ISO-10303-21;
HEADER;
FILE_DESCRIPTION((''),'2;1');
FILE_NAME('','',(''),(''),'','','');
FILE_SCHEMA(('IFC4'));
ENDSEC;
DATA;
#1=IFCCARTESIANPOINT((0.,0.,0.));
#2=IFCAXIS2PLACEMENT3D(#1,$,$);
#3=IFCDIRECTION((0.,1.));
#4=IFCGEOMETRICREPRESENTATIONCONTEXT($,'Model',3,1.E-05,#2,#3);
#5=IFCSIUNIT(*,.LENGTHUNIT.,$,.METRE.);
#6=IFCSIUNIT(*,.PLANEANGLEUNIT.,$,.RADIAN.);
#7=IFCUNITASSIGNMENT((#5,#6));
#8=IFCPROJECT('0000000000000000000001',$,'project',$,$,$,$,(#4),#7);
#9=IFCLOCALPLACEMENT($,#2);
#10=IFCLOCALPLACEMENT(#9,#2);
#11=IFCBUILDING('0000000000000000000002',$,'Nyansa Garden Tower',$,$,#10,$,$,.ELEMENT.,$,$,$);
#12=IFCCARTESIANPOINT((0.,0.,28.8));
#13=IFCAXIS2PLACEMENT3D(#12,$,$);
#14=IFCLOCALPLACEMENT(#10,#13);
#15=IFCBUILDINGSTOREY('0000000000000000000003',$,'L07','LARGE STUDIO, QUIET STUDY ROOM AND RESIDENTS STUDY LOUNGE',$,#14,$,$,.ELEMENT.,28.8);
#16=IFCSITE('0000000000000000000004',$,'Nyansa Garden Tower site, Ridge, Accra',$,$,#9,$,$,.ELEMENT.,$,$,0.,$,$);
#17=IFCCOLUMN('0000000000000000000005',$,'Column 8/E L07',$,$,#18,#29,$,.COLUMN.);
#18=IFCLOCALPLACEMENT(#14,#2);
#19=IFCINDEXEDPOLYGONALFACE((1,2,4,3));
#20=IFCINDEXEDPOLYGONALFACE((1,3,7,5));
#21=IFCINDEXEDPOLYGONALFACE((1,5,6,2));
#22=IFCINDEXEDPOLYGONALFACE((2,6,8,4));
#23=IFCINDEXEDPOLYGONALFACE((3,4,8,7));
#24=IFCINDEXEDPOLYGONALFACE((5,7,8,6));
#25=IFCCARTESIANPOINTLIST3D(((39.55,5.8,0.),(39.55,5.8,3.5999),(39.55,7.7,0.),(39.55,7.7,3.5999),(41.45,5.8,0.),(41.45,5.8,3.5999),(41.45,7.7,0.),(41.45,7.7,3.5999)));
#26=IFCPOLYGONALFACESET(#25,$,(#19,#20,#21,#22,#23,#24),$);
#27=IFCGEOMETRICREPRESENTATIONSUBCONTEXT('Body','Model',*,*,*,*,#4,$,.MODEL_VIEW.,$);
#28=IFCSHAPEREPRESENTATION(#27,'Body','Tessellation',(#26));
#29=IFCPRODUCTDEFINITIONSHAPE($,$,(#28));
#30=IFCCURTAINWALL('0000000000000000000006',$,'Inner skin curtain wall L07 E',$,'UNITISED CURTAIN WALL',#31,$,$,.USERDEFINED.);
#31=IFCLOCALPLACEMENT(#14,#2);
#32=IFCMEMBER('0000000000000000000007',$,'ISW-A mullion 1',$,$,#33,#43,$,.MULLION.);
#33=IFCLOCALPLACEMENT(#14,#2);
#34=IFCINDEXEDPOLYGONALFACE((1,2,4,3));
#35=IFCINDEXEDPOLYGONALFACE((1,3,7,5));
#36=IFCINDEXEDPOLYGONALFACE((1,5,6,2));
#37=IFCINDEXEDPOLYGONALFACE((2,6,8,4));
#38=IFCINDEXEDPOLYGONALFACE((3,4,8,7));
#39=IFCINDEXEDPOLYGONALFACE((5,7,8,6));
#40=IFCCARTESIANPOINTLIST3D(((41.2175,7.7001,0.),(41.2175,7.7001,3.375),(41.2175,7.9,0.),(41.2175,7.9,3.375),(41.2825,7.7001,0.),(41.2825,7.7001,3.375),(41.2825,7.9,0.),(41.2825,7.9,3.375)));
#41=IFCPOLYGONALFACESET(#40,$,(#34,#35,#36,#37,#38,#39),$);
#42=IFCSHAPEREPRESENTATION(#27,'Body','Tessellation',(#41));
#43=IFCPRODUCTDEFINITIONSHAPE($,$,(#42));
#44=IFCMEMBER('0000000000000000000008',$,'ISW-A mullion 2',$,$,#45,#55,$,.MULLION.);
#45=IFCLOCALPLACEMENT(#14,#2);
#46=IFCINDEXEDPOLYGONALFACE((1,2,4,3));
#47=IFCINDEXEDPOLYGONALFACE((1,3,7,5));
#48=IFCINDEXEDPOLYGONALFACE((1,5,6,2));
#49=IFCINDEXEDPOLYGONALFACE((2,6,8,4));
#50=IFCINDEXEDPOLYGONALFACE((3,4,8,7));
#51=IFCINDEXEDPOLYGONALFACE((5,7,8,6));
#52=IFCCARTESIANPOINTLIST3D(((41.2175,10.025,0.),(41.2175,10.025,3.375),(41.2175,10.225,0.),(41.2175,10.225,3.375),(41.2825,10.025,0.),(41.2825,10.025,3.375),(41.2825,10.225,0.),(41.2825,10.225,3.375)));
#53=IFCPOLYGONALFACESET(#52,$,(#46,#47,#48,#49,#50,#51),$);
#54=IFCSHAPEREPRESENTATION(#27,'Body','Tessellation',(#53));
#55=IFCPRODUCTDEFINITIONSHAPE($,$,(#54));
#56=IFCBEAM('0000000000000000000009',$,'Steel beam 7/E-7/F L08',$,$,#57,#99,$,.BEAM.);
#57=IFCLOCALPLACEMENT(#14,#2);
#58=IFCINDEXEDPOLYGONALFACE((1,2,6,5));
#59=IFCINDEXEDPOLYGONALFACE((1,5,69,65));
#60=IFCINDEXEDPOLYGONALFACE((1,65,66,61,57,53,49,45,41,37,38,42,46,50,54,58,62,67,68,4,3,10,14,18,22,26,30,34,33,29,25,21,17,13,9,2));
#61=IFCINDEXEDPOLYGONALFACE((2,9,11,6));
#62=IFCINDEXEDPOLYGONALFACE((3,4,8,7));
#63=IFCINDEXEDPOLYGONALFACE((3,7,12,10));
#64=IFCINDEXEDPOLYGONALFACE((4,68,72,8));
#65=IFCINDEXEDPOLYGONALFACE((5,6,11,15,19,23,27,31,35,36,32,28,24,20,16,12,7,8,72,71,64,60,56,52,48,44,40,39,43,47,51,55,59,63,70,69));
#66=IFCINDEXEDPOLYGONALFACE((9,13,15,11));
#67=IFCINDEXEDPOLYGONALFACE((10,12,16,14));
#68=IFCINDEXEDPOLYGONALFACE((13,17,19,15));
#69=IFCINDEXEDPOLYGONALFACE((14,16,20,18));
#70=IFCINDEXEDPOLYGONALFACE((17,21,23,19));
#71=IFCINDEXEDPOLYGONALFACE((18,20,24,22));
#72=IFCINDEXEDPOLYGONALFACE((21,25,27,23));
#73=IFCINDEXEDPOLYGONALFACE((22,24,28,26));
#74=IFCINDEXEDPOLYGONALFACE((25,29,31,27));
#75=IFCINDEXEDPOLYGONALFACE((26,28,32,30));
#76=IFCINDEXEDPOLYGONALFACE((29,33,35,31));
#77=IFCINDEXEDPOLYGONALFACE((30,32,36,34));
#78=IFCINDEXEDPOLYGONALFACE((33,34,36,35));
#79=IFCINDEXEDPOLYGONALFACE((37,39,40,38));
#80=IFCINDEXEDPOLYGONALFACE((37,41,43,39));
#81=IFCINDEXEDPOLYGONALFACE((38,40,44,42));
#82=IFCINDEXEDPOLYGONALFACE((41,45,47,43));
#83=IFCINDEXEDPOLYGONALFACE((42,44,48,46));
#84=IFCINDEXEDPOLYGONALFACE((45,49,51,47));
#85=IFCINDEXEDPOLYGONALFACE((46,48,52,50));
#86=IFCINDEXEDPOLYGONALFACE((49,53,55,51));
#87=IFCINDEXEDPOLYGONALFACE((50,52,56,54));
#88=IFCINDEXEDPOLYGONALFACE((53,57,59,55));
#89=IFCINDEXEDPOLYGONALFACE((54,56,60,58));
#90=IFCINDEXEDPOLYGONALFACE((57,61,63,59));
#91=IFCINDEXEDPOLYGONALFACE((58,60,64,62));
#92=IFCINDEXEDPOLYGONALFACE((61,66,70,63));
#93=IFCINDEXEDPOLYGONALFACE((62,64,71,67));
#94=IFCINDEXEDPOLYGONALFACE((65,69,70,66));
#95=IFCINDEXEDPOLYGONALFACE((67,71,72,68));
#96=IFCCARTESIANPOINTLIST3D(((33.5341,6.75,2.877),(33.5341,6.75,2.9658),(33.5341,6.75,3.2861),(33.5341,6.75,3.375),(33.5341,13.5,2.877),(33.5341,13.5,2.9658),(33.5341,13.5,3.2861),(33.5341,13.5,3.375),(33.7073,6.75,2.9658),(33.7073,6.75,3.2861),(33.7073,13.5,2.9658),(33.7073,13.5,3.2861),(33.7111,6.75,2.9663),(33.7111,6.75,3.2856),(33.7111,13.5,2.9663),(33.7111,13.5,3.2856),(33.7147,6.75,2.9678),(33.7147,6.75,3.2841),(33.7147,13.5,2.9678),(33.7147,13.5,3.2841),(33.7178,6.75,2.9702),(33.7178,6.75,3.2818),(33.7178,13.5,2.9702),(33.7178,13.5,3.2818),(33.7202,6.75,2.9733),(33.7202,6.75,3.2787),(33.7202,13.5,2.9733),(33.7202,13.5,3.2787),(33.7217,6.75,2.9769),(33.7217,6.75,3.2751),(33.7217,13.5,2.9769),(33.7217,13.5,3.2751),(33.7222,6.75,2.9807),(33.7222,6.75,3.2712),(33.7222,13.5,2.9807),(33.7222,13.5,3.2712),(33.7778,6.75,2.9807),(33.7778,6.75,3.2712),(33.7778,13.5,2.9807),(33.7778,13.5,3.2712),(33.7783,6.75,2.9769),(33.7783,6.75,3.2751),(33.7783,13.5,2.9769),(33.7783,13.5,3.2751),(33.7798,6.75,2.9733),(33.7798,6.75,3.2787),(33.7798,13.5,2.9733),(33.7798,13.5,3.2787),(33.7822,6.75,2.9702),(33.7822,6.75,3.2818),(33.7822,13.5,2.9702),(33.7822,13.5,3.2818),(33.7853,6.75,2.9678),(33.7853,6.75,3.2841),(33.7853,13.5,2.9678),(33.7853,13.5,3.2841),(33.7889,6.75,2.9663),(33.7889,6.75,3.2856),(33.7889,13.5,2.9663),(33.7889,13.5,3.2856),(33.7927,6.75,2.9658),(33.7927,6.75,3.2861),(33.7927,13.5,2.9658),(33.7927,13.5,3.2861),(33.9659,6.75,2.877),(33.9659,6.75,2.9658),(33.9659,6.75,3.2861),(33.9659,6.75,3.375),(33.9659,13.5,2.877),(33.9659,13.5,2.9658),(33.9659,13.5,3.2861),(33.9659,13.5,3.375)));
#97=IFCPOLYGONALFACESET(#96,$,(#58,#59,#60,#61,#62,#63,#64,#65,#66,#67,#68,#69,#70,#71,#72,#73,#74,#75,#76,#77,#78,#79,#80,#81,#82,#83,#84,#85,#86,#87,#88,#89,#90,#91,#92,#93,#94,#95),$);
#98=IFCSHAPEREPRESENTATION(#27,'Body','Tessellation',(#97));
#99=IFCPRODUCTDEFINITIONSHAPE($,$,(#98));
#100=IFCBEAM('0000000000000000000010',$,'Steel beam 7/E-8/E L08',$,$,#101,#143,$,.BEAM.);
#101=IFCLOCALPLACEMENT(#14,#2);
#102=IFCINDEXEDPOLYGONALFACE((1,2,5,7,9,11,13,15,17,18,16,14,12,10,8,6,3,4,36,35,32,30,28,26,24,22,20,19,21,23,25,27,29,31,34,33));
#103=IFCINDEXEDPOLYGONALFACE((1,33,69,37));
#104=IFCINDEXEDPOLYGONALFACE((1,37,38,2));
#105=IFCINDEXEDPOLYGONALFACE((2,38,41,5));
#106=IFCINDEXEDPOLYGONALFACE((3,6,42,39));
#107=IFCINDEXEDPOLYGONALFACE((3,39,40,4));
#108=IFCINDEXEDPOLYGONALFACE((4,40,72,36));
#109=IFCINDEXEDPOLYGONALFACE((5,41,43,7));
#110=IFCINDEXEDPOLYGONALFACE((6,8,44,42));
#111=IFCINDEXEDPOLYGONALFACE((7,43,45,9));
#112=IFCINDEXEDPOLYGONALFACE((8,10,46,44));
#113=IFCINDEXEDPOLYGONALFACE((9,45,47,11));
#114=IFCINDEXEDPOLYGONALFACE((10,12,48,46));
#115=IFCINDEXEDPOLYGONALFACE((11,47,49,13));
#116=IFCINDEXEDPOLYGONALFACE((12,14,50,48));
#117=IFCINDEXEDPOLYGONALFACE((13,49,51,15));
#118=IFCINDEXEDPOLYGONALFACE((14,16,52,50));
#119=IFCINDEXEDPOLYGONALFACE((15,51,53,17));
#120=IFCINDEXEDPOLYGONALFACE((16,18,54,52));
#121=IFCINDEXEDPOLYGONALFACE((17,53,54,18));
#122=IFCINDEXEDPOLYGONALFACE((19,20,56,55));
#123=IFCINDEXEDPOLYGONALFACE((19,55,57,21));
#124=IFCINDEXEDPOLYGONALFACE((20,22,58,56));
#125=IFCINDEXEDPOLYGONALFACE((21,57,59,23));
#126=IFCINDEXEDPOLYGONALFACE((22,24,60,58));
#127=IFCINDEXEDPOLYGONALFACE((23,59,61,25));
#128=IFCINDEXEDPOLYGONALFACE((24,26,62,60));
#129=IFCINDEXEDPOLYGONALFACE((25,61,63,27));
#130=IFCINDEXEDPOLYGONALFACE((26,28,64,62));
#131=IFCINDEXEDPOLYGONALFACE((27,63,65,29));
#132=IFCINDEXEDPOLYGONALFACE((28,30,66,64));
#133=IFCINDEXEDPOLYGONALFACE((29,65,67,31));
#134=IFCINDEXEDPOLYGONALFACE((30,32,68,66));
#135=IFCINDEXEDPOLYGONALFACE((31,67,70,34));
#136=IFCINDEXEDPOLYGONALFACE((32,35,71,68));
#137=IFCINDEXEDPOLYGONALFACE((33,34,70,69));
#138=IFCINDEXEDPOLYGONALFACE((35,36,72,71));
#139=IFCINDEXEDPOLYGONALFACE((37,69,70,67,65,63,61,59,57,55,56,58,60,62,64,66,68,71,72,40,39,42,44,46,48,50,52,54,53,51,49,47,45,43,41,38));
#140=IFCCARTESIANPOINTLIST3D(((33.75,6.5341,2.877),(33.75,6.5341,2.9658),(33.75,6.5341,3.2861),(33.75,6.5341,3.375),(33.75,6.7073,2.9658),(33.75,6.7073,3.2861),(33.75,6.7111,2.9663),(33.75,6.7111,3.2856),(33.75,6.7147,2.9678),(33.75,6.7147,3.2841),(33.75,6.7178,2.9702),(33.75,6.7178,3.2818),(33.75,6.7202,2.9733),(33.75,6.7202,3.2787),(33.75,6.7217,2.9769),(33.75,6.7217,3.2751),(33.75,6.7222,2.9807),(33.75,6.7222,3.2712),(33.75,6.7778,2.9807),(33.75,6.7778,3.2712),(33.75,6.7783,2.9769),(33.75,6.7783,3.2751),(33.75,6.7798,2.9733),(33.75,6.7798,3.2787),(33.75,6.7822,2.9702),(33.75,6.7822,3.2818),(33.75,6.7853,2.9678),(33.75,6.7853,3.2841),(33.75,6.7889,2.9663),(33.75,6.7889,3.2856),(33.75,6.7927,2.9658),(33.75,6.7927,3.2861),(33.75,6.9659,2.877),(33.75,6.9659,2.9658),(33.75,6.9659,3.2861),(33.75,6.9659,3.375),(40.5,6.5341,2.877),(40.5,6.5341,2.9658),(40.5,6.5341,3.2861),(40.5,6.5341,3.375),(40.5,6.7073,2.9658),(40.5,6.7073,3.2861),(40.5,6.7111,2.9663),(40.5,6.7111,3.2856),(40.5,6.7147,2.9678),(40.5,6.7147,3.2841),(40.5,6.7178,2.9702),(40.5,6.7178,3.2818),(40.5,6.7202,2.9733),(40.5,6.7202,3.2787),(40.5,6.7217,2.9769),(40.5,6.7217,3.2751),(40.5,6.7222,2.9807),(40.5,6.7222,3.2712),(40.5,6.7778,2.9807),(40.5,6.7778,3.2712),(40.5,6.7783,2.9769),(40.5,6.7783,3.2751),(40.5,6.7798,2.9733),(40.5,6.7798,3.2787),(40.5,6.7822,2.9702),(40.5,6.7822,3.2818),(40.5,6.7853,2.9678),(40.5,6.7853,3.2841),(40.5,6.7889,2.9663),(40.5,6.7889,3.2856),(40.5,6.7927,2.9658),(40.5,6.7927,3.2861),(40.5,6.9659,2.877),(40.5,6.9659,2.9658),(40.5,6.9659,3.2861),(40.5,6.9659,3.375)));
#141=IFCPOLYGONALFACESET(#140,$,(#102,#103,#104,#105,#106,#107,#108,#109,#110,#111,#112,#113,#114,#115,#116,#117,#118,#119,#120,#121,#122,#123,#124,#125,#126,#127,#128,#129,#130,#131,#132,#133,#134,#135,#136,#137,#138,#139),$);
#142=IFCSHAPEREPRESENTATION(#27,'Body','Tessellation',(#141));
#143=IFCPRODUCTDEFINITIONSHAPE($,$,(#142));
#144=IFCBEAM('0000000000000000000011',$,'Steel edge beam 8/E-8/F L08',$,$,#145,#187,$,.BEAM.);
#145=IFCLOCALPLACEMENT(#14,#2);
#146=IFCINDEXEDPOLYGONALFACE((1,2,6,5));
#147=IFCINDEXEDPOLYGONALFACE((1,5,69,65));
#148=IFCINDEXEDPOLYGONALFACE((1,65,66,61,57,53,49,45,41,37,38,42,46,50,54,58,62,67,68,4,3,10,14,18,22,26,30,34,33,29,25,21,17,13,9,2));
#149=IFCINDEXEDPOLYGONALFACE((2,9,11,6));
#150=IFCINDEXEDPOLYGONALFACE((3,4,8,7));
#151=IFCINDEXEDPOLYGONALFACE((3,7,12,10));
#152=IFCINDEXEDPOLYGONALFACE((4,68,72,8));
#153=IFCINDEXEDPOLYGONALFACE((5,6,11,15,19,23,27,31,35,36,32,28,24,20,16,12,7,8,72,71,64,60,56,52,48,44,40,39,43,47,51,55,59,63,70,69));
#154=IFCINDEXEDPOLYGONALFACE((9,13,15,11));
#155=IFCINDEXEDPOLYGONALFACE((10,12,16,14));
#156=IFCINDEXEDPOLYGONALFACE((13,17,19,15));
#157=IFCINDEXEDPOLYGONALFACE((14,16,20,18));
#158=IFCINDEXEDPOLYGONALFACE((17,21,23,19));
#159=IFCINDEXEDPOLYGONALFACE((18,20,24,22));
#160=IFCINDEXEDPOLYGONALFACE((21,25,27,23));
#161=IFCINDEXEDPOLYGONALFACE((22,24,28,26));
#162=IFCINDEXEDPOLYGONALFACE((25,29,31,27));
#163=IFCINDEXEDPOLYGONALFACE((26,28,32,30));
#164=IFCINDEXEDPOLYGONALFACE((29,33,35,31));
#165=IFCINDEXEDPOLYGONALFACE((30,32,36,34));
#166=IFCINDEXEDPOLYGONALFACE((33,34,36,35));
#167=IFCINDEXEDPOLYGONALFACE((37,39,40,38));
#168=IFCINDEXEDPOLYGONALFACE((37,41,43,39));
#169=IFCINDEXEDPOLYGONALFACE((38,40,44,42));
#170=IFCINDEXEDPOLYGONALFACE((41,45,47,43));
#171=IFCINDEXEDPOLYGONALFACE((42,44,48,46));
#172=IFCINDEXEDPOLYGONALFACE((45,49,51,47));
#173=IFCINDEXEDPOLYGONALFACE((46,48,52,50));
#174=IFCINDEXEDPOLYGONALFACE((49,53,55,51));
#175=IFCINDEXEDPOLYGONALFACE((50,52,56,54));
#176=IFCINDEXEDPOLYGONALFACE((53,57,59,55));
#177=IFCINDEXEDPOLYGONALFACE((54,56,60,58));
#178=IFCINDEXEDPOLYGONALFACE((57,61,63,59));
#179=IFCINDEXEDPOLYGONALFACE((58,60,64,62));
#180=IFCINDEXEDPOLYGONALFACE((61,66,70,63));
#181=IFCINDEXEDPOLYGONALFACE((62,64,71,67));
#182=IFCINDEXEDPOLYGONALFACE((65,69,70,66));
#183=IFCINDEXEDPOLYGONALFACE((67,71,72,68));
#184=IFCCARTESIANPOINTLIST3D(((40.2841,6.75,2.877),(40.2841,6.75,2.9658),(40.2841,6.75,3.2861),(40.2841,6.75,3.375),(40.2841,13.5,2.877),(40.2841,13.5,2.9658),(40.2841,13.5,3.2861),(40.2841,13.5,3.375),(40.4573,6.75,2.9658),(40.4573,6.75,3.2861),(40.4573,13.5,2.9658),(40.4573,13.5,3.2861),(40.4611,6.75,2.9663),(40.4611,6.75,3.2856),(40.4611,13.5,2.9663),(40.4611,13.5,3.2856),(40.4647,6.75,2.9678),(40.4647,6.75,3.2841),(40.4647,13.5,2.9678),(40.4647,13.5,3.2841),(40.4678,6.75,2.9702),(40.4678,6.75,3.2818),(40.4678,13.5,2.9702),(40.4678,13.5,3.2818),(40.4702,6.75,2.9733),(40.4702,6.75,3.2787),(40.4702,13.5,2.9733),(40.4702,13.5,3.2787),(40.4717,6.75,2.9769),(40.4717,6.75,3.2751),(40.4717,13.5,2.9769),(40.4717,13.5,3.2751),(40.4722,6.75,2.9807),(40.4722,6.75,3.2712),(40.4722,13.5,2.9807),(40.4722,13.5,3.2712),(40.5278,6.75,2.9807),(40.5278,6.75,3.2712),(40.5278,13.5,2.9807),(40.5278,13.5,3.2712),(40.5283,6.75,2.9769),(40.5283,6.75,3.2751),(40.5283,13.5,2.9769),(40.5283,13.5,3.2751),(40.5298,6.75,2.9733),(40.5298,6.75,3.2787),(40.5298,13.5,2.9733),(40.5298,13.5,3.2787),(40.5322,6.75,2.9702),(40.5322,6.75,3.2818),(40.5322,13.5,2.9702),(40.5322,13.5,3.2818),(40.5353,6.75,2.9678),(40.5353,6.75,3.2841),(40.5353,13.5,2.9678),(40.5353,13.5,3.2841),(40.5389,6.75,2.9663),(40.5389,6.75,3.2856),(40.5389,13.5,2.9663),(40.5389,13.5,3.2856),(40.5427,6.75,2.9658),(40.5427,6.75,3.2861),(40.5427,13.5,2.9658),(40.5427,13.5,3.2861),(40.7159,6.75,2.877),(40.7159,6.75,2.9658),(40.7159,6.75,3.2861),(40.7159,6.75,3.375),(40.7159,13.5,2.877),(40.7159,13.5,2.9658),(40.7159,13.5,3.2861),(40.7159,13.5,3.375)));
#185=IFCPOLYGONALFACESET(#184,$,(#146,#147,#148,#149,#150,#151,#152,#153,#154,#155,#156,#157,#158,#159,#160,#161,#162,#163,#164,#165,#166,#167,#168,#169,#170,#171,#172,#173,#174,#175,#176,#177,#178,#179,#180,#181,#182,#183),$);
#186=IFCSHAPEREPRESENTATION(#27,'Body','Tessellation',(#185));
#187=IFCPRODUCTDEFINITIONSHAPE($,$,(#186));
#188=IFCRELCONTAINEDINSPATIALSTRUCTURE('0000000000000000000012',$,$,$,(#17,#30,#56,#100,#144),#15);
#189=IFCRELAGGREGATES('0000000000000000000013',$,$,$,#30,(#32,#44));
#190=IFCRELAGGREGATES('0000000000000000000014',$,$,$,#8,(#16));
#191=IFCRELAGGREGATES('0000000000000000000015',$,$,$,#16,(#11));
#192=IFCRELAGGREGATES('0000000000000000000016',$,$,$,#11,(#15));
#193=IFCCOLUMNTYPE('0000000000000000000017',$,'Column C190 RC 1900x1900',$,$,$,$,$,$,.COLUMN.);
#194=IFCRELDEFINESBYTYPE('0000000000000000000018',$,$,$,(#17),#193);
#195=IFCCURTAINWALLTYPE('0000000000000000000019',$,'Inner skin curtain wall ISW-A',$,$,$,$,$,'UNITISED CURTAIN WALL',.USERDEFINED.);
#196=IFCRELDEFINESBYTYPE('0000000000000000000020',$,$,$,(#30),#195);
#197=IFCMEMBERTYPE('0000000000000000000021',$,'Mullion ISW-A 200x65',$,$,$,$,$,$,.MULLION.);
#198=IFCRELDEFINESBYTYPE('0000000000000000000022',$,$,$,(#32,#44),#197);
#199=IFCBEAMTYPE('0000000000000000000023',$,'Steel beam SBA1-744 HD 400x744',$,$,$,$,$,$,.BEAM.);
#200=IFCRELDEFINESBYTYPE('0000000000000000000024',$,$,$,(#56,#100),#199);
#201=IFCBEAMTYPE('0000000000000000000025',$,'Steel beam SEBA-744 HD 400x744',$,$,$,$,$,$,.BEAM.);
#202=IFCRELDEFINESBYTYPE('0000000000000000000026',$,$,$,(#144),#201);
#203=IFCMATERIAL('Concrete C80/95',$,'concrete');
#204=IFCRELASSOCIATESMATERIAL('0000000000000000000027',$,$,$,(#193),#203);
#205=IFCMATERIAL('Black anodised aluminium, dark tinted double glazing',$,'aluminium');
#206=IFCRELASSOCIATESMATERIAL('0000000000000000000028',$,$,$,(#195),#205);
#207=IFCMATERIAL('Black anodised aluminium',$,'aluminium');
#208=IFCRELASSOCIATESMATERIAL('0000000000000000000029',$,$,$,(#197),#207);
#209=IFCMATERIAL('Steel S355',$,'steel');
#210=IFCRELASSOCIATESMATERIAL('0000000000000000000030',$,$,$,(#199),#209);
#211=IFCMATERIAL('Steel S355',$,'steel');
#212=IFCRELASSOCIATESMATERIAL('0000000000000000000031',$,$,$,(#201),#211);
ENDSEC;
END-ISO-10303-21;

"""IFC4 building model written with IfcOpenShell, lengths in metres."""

from ifc_helpers import new_model, si_unit, direction, frame, origin, origin_2d, place, context, subcontext, project, spatial, rectangle, i_section, extrude, material, material_profile, profile_set, type_object, element, aggregate, save


model = new_model("IFC4")

# Units and contexts
model_context = context("Model", 3, precision=1e-05, world=origin(), true_north=direction((0.0, 1.0)))
body_context = subcontext(model_context, "Body", "Model", "MODEL_VIEW")
ifc_project = project(units=[si_unit("LENGTHUNIT", "METRE"), si_unit("PLANEANGLEUNIT", "RADIAN")], contexts=[model_context])

# Site, building, storey
site_placement = place(None, origin())
site = spatial("IfcSite", under=ifc_project, at=site_placement, Name="Nyansa Garden Tower site, Ridge, Accra", CompositionType="ELEMENT", RefElevation=0.0)
building_placement = place(site_placement, origin())
building = spatial("IfcBuilding", under=site, at=building_placement, Name="Nyansa Garden Tower", CompositionType="ELEMENT")
storey_placement = place(building_placement, frame((0.0, 0.0, 28.8)))
storey = spatial("IfcBuildingStorey", under=building, at=storey_placement, Name="L07", Description="LARGE STUDIO, QUIET STUDY ROOM AND RESIDENTS STUDY LOUNGE", CompositionType="ELEMENT", Elevation=28.8)

# Column
ifc_material_1 = material(Name="Concrete C80/95", Category="concrete")
ifc_material_profile_1 = material_profile(ifc_material_1, rectangle(XDim=1.8999, YDim=1.8999, at=origin_2d()), Name="RC 1900x1900")
ifc_profile_set_1 = profile_set([ifc_material_profile_1], Name="Concrete C80/95")
column_type = type_object("IfcColumnType", Name="Column C190 RC 1900x1900", PredefinedType="COLUMN", material=ifc_profile_set_1)
column_placement = place(storey_placement, frame((40.5, 6.75, 0.0), z_axis=(0.0, 0.0, 1.0), x_axis=(1.0, 0.0, 0.0)))
element("IfcColumn", 1, at=column_placement, inside=storey, type_object=column_type, Name="Column 8/E L07", PredefinedType="COLUMN", context=body_context, shape_type="SweptSolid", body=[
    extrude(rectangle(XDim=1.8999, YDim=1.8999, at=origin_2d()), origin(), (0.0, 0.0, 1.0), 3.5999),
])

# Curtain wall, members
ifc_material_2 = material(Name="Black anodised aluminium, dark tinted double glazing", Category="aluminium")
curtain_wall_type = type_object("IfcCurtainWallType", Name="Inner skin curtain wall ISW-A", ElementType="UNITISED CURTAIN WALL", PredefinedType="USERDEFINED", material=ifc_material_2)
curtain_wall_placement = place(storey_placement, origin())
curtain_wall = element("IfcCurtainWall", 2, at=curtain_wall_placement, inside=storey, type_object=curtain_wall_type, Name="Inner skin curtain wall L07 E", ObjectType="UNITISED CURTAIN WALL", PredefinedType="USERDEFINED")
ifc_material_3 = material(Name="Black anodised aluminium", Category="aluminium")
ifc_material_profile_2 = material_profile(ifc_material_3, rectangle(XDim=0.0649, YDim=0.2, at=origin_2d()), Name="Mullion 200x65")
ifc_profile_set_2 = profile_set([ifc_material_profile_2], Name="Black anodised aluminium")
member_type_1 = type_object("IfcMemberType", Name="Mullion ISW-A 200x65", PredefinedType="MULLION", material=ifc_profile_set_2)
member_1_placement = place(storey_placement, frame((41.25, 7.8, 0.0), z_axis=(0.0, 0.0, 1.0), x_axis=(-1.0, 0.0, 0.0)))
member_1 = element("IfcMember", 3, at=member_1_placement, type_object=member_type_1, Name="ISW-A mullion 1", PredefinedType="MULLION", context=body_context, shape_type="SweptSolid", body=[
    extrude(rectangle(XDim=0.0649, YDim=0.2, at=origin_2d()), origin(), (0.0, 0.0, 1.0), 3.375),
])
member_2_placement = place(storey_placement, frame((41.25, 10.125, 0.0), z_axis=(0.0, 0.0, 1.0), x_axis=(-1.0, 0.0, 0.0)))
member_2 = element("IfcMember", 4, at=member_2_placement, type_object=member_type_1, Name="ISW-A mullion 2", PredefinedType="MULLION", context=body_context, shape_type="SweptSolid", body=[
    extrude(rectangle(XDim=0.0649, YDim=0.2, at=origin_2d()), origin(), (0.0, 0.0, 1.0), 3.375),
])

# Beams
ifc_material_4 = material(Name="Steel S355", Category="steel")
ifc_material_profile_3 = material_profile(ifc_material_4, i_section(OverallWidth=0.4319, OverallDepth=0.498, WebThickness=0.0557, FlangeThickness=0.0889, FilletRadius=0.0149, at=origin_2d()), Name="HD 400x744")
ifc_profile_set_3 = profile_set([ifc_material_profile_3], Name="Steel S355")
beam_type_1 = type_object("IfcBeamType", Name="Steel beam SBA1-744 HD 400x744", PredefinedType="BEAM", material=ifc_profile_set_3)
for number, where, z_axis, x_axis, name in (
    (5, (33.75, 6.75, 3.126), (0.0, 1.0, 0.0), (-1.0, 0.0, 0.0), "Steel beam 7/E-7/F L08"),
    (6, (33.75, 6.75, 3.126), (1.0, 0.0, 0.0), (0.0, 1.0, 0.0), "Steel beam 7/E-8/E L08"),
):
    element("IfcBeam", number, at=place(storey_placement, frame(where, z_axis=z_axis, x_axis=x_axis)), inside=storey, type_object=beam_type_1, Name=name, PredefinedType="BEAM", context=body_context, shape_type="SweptSolid", body=[
        extrude(i_section(OverallWidth=0.4319, OverallDepth=0.498, WebThickness=0.0557, FlangeThickness=0.0889, FilletRadius=0.0149, at=origin_2d()), origin(), (0.0, 0.0, 1.0), 6.75),
    ])
ifc_material_5 = material(Name="Steel S355", Category="steel")
ifc_material_profile_4 = material_profile(ifc_material_5, i_section(OverallWidth=0.4319, OverallDepth=0.498, WebThickness=0.0557, FlangeThickness=0.0889, FilletRadius=0.0149, at=origin_2d()), Name="HD 400x744")
ifc_profile_set_4 = profile_set([ifc_material_profile_4], Name="Steel S355")
beam_type_2 = type_object("IfcBeamType", Name="Steel beam SEBA-744 HD 400x744", PredefinedType="BEAM", material=ifc_profile_set_4)
beam_placement = place(storey_placement, frame((40.5, 6.75, 3.126), z_axis=(0.0, 1.0, 0.0), x_axis=(-1.0, 0.0, 0.0)))
element("IfcBeam", 7, at=beam_placement, inside=storey, type_object=beam_type_2, Name="Steel edge beam 8/E-8/F L08", PredefinedType="BEAM", context=body_context, shape_type="SweptSolid", body=[
    extrude(i_section(OverallWidth=0.4319, OverallDepth=0.498, WebThickness=0.0557, FlangeThickness=0.0889, FilletRadius=0.0149, at=origin_2d()), origin(), (0.0, 0.0, 1.0), 6.75),
])

aggregate(curtain_wall, [member_1, member_2])

save(model, "model.ifc")
